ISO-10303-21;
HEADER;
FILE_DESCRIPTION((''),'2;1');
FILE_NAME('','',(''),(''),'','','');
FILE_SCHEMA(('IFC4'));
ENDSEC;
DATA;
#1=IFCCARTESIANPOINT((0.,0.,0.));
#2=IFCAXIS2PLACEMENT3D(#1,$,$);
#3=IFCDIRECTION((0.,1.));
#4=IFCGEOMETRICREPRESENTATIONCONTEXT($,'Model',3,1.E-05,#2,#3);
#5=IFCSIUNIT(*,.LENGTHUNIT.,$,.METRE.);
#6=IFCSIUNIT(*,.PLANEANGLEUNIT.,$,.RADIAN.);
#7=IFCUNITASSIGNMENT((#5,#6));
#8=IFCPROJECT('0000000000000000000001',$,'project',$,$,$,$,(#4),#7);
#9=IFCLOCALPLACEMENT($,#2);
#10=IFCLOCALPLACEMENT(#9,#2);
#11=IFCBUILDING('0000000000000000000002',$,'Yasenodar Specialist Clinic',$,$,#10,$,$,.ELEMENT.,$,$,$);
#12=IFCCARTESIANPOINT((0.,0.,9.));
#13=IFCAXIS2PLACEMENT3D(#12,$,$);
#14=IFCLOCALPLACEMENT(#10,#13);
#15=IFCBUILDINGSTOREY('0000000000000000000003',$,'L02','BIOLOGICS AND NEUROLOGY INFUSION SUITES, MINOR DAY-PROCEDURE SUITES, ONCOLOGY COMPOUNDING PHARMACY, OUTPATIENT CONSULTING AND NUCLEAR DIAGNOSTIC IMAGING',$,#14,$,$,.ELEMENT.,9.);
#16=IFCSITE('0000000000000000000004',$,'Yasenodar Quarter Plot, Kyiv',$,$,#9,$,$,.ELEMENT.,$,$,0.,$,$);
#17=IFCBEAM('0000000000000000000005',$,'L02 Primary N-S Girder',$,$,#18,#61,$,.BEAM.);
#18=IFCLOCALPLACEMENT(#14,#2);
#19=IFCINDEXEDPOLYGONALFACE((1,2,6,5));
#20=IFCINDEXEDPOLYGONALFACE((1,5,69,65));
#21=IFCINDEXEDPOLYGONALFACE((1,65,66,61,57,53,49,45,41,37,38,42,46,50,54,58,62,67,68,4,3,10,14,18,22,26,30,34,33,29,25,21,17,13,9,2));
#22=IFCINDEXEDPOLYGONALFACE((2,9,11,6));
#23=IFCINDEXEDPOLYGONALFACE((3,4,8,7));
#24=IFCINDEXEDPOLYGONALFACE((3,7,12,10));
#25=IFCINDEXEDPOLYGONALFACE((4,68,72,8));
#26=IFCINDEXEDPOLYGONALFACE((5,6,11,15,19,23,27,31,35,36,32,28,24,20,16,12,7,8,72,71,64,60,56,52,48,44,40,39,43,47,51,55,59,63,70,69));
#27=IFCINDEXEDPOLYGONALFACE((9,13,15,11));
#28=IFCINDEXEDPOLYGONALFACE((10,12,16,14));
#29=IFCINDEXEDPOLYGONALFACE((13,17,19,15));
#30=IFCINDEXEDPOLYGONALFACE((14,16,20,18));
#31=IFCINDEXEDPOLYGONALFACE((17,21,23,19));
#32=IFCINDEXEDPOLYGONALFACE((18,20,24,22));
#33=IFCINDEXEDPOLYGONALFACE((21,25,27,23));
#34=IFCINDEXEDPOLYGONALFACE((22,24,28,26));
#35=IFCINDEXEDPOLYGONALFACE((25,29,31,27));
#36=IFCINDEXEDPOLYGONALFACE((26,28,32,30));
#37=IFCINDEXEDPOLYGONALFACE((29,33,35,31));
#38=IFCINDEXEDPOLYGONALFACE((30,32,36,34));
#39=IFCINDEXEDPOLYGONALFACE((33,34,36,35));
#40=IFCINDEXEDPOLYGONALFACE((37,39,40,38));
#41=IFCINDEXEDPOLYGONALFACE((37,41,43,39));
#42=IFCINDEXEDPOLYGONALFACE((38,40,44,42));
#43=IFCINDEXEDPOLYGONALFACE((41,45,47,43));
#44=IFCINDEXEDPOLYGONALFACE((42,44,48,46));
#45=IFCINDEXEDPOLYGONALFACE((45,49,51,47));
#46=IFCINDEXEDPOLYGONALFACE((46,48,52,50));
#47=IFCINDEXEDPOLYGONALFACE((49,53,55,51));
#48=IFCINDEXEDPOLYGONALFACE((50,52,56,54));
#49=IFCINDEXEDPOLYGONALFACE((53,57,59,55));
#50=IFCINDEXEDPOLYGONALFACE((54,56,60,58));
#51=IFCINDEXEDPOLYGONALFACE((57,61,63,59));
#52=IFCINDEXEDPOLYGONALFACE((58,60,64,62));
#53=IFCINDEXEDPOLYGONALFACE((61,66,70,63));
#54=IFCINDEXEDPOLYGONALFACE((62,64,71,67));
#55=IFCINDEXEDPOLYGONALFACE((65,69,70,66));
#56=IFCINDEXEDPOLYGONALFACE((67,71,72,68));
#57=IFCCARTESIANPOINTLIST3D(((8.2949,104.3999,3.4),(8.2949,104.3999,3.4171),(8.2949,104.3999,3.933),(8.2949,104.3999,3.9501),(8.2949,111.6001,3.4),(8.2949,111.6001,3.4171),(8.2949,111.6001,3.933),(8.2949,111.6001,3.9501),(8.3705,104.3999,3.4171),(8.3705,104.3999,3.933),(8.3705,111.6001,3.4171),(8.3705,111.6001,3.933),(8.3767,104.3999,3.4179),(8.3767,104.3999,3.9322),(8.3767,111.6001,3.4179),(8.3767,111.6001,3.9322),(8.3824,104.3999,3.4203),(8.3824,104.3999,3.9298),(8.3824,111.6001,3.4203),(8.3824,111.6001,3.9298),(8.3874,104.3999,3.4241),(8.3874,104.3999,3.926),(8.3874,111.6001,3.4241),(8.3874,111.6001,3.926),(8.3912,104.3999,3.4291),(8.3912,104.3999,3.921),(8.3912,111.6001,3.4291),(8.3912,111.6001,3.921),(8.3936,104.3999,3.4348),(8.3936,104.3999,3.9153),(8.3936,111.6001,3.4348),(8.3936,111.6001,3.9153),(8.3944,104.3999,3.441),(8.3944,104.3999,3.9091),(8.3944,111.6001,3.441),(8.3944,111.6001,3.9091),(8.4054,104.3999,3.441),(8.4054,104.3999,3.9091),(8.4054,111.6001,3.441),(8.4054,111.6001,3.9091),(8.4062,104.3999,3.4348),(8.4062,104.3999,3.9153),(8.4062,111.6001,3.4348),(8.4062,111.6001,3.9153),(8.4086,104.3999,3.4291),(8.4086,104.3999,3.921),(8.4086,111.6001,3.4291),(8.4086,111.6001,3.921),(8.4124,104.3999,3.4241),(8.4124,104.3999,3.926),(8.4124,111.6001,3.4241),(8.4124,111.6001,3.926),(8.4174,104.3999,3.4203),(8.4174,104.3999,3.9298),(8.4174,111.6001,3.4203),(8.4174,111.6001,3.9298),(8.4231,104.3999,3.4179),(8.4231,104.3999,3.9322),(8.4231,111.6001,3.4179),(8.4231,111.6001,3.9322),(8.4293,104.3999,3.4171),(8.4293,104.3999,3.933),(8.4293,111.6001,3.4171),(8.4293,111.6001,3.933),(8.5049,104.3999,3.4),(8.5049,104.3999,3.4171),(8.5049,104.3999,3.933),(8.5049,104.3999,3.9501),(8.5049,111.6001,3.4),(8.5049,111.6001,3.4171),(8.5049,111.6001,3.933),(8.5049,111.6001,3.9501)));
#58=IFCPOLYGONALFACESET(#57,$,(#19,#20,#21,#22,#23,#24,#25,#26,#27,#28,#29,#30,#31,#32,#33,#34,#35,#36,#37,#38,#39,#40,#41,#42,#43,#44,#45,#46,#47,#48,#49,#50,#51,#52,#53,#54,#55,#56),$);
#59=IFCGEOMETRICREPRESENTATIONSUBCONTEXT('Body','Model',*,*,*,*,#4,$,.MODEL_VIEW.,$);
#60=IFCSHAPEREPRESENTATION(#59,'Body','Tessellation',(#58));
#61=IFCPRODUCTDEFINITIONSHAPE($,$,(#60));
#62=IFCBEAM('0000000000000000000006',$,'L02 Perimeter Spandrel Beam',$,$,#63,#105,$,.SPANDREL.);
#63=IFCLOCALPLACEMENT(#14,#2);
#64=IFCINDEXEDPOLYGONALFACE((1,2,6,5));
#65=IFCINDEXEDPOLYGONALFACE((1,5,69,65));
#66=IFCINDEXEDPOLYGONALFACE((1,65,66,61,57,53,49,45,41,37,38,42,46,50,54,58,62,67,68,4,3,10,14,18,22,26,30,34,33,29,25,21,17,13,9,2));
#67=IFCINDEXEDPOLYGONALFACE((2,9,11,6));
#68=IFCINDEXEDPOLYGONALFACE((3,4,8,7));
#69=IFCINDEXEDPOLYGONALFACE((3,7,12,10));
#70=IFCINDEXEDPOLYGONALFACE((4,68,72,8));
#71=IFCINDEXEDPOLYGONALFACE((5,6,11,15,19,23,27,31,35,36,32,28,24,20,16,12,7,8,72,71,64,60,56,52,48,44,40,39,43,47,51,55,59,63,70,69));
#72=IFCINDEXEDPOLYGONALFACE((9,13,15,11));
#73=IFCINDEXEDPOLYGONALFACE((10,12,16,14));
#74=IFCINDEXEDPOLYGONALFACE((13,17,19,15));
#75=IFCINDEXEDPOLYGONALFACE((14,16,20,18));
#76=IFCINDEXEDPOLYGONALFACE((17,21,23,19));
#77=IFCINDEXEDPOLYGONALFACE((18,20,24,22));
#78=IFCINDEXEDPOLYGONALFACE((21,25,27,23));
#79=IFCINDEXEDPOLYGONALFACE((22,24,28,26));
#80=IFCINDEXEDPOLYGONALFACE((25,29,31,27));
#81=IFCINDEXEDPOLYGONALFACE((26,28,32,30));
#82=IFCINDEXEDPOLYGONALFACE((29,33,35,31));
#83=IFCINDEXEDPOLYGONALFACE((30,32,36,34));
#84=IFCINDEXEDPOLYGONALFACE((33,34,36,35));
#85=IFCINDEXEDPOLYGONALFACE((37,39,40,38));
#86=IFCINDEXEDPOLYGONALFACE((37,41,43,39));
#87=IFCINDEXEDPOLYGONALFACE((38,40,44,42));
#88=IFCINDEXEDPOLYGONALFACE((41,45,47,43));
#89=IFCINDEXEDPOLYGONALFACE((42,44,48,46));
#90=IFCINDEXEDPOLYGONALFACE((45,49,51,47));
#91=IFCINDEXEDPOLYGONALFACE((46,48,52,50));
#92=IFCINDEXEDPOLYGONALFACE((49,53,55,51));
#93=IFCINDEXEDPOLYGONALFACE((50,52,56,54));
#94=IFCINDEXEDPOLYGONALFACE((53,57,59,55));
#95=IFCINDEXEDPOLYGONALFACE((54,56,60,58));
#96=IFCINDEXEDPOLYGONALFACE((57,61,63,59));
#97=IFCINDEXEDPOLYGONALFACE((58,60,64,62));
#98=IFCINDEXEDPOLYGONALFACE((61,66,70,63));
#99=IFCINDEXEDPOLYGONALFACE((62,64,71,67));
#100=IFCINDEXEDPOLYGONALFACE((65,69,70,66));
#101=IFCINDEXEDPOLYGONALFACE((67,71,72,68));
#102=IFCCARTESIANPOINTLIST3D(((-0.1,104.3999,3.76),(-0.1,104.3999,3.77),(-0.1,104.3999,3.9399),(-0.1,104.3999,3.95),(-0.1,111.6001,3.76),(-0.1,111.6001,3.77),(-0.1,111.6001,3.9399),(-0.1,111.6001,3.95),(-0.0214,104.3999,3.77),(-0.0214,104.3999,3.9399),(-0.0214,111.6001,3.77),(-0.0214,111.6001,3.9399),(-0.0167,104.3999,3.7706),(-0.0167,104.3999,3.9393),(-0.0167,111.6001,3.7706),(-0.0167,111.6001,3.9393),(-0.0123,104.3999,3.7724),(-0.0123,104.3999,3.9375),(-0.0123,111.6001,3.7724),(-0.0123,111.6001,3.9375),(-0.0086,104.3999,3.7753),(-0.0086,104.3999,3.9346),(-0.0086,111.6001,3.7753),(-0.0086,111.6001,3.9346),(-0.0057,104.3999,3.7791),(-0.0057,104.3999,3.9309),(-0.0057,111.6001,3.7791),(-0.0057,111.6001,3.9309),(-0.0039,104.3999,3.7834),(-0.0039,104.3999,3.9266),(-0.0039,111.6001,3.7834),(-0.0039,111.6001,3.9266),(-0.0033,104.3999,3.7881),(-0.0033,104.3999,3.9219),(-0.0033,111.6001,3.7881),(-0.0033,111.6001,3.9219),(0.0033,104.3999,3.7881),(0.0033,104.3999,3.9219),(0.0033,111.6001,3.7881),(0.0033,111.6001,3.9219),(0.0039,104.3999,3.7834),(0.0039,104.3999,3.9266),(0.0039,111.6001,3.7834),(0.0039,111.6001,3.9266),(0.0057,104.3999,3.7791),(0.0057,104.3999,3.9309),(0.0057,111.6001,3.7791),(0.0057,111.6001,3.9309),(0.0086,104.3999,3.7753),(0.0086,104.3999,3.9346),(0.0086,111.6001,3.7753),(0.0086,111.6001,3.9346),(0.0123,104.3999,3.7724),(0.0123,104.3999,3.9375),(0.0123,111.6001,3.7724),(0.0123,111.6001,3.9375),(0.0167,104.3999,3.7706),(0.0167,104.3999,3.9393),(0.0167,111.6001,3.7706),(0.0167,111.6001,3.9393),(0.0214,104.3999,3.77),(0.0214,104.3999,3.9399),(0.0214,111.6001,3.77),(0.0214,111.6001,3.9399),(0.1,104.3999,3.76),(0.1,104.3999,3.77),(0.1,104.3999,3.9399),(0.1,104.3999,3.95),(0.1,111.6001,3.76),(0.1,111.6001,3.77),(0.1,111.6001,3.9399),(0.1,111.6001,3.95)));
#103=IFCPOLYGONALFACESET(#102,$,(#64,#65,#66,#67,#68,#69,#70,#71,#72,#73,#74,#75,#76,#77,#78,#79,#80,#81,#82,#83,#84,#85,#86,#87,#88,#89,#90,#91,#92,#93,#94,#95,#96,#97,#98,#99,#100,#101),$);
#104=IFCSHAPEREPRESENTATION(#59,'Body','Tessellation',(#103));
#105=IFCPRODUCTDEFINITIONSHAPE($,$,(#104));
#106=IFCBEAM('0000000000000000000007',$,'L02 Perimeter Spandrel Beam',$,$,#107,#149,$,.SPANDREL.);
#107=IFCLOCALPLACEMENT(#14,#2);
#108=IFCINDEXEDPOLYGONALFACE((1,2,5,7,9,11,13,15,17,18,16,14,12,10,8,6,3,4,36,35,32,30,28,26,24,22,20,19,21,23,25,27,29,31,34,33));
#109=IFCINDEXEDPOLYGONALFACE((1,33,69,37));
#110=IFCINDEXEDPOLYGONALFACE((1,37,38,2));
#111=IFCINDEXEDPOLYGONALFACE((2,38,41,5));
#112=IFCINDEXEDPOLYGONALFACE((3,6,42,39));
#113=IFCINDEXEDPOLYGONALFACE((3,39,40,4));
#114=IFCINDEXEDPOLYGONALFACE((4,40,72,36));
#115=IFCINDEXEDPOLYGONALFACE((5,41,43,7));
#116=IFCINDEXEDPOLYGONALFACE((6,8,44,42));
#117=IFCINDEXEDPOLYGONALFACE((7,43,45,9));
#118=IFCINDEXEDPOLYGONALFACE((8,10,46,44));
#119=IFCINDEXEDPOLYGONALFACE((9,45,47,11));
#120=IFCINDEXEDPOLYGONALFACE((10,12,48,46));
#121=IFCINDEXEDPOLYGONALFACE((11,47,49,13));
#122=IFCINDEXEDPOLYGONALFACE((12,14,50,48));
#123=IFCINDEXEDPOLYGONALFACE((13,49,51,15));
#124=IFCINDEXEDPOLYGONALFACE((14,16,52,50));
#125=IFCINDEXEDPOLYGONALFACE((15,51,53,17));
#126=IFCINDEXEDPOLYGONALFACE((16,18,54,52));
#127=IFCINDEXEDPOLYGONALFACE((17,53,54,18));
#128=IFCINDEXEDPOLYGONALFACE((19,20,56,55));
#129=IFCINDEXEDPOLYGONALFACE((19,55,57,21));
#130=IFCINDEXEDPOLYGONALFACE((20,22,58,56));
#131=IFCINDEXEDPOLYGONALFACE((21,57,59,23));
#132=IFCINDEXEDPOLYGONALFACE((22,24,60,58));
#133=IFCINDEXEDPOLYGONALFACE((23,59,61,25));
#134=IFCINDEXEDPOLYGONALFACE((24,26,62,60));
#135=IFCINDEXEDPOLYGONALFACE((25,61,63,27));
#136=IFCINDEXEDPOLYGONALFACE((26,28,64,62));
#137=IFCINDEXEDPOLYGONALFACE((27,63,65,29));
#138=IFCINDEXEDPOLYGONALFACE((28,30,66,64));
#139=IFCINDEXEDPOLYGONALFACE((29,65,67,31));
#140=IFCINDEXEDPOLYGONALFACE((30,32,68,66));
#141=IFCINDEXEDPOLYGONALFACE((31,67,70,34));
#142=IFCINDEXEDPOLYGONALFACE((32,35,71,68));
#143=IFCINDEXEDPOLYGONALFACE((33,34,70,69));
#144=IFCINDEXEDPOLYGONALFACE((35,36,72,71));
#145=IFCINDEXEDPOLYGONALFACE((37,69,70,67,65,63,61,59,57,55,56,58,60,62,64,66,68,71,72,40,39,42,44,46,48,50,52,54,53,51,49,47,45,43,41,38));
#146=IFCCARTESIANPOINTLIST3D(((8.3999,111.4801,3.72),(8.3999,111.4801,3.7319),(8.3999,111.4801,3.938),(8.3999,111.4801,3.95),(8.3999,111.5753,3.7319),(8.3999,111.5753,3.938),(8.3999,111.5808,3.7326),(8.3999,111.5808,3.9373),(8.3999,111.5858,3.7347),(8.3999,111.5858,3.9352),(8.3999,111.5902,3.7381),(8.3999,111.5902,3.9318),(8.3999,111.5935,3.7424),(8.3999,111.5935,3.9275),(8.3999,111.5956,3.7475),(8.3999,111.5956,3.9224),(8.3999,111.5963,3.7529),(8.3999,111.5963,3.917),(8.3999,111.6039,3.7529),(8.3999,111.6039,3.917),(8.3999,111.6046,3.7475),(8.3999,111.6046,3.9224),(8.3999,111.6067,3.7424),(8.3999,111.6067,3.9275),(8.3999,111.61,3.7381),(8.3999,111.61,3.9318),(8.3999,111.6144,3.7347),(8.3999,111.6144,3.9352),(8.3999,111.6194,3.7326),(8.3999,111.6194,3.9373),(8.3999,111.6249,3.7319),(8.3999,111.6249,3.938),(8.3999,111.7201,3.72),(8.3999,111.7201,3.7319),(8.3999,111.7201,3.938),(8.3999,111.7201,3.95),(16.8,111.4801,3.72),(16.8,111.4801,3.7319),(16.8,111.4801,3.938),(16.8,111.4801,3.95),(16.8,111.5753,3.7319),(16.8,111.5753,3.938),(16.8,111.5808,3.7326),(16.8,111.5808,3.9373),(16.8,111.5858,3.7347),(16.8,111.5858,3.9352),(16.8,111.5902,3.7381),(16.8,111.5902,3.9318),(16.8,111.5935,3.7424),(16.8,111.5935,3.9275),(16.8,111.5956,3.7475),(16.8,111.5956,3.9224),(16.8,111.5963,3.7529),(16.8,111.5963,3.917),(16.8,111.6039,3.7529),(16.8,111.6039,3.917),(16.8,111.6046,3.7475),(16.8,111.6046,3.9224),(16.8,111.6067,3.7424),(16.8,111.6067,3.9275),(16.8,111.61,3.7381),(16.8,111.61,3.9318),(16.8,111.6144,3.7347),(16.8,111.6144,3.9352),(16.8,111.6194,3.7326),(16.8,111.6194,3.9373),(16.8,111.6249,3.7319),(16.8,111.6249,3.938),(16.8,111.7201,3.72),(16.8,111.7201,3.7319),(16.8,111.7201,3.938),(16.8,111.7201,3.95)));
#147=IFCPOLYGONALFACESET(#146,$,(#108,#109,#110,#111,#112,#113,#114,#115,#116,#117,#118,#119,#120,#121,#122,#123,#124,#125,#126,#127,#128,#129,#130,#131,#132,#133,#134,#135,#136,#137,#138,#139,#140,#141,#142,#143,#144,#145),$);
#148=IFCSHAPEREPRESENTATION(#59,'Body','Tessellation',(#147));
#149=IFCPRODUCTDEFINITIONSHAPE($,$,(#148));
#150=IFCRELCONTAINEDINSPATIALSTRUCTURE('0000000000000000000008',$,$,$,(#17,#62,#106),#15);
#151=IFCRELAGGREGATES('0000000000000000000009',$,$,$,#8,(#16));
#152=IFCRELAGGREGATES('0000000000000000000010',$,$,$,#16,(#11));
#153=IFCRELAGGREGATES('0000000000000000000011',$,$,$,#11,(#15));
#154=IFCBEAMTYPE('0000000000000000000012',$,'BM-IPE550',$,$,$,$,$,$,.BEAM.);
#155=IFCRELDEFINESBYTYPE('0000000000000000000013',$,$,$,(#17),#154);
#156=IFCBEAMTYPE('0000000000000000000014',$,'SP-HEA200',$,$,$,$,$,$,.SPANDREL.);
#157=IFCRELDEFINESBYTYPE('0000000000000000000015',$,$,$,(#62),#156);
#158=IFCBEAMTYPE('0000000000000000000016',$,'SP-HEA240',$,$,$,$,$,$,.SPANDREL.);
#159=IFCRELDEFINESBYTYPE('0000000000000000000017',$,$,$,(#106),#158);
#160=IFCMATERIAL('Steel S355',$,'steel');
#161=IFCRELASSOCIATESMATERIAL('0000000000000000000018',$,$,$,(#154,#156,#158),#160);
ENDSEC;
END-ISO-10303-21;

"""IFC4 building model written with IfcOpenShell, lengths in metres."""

from ifc_helpers import new_model, si_unit, direction, frame, origin, origin_2d, place, context, subcontext, project, spatial, i_section, extrude, material, material_profile, profile_set, type_object, element, save


model = new_model("IFC4")

# Units and contexts
model_context = context("Model", 3, precision=1e-05, world=origin(), true_north=direction((0.0, 1.0)))
body_context = subcontext(model_context, "Body", "Model", "MODEL_VIEW")
ifc_project = project(units=[si_unit("LENGTHUNIT", "METRE"), si_unit("PLANEANGLEUNIT", "RADIAN")], contexts=[model_context])

# Site, building, storey
site_placement = place(None, origin())
site = spatial("IfcSite", under=ifc_project, at=site_placement, Name="Yasenodar Quarter Plot, Kyiv", CompositionType="ELEMENT", RefElevation=0.0)
building_placement = place(site_placement, origin())
building = spatial("IfcBuilding", under=site, at=building_placement, Name="Yasenodar Specialist Clinic", CompositionType="ELEMENT")
storey_placement = place(building_placement, frame((0.0, 0.0, 9.0)))
storey = spatial("IfcBuildingStorey", under=building, at=storey_placement, Name="L02", Description="BIOLOGICS AND NEUROLOGY INFUSION SUITES, MINOR DAY-PROCEDURE SUITES, ONCOLOGY COMPOUNDING PHARMACY, OUTPATIENT CONSULTING AND NUCLEAR DIAGNOSTIC IMAGING", CompositionType="ELEMENT", Elevation=9.0)

# Shared definitions
ifc_material_1 = material(Name="Steel S355", Category="steel")

# Beams
ifc_material_profile_1 = material_profile(ifc_material_1, i_section(OverallWidth=0.21, OverallDepth=0.55, WebThickness=0.011, FlangeThickness=0.0171, FilletRadius=0.0239, at=origin_2d()), Name="IPE 550")
ifc_profile_set_1 = profile_set([ifc_material_profile_1], Name="Steel S355")
beam_type_1 = type_object("IfcBeamType", Name="BM-IPE550", PredefinedType="BEAM", material=ifc_profile_set_1)
beam_1_placement = place(storey_placement, frame((8.3999, 104.3999, 3.675), z_axis=(0.0, 1.0, 0.0), x_axis=(-1.0, 0.0, 0.0)))
element("IfcBeam", 1, at=beam_1_placement, inside=storey, type_object=beam_type_1, Name="L02 Primary N-S Girder", PredefinedType="BEAM", context=body_context, shape_type="SweptSolid", body=[
    extrude(i_section(OverallWidth=0.21, OverallDepth=0.55, WebThickness=0.011, FlangeThickness=0.0171, FilletRadius=0.0239, at=origin_2d()), origin(), (0.0, 0.0, 1.0), 7.2002),
])
ifc_material_profile_2 = material_profile(ifc_material_1, i_section(OverallWidth=0.2, OverallDepth=0.1899, WebThickness=0.0066, FlangeThickness=0.01, FilletRadius=0.0181, at=origin_2d()), Name="HEA 200")
ifc_profile_set_2 = profile_set([ifc_material_profile_2], Name="Steel S355")
beam_type_2 = type_object("IfcBeamType", Name="SP-HEA200", PredefinedType="SPANDREL", material=ifc_profile_set_2)
beam_2_placement = place(storey_placement, frame((0.0, 104.3999, 3.855), z_axis=(0.0, 1.0, 0.0), x_axis=(-1.0, 0.0, 0.0)))
element("IfcBeam", 2, at=beam_2_placement, inside=storey, type_object=beam_type_2, Name="L02 Perimeter Spandrel Beam", PredefinedType="SPANDREL", context=body_context, shape_type="SweptSolid", body=[
    extrude(i_section(OverallWidth=0.2, OverallDepth=0.1899, WebThickness=0.0066, FlangeThickness=0.01, FilletRadius=0.0181, at=origin_2d()), origin(), (0.0, 0.0, 1.0), 7.2002),
])
ifc_material_profile_3 = material_profile(ifc_material_1, i_section(OverallWidth=0.24, OverallDepth=0.23, WebThickness=0.0076, FlangeThickness=0.012, FilletRadius=0.021, at=origin_2d()), Name="HEA 240")
ifc_profile_set_3 = profile_set([ifc_material_profile_3], Name="Steel S355")
beam_type_3 = type_object("IfcBeamType", Name="SP-HEA240", PredefinedType="SPANDREL", material=ifc_profile_set_3)
beam_3_placement = place(storey_placement, frame((8.3999, 111.6001, 3.835), z_axis=(1.0, 0.0, 0.0), x_axis=(0.0, 1.0, 0.0)))
element("IfcBeam", 3, at=beam_3_placement, inside=storey, type_object=beam_type_3, Name="L02 Perimeter Spandrel Beam", PredefinedType="SPANDREL", context=body_context, shape_type="SweptSolid", body=[
    extrude(i_section(OverallWidth=0.24, OverallDepth=0.23, WebThickness=0.0076, FlangeThickness=0.012, FilletRadius=0.021, at=origin_2d()), origin(), (0.0, 0.0, 1.0), 8.4001),
])

save(model, "model.ifc")
